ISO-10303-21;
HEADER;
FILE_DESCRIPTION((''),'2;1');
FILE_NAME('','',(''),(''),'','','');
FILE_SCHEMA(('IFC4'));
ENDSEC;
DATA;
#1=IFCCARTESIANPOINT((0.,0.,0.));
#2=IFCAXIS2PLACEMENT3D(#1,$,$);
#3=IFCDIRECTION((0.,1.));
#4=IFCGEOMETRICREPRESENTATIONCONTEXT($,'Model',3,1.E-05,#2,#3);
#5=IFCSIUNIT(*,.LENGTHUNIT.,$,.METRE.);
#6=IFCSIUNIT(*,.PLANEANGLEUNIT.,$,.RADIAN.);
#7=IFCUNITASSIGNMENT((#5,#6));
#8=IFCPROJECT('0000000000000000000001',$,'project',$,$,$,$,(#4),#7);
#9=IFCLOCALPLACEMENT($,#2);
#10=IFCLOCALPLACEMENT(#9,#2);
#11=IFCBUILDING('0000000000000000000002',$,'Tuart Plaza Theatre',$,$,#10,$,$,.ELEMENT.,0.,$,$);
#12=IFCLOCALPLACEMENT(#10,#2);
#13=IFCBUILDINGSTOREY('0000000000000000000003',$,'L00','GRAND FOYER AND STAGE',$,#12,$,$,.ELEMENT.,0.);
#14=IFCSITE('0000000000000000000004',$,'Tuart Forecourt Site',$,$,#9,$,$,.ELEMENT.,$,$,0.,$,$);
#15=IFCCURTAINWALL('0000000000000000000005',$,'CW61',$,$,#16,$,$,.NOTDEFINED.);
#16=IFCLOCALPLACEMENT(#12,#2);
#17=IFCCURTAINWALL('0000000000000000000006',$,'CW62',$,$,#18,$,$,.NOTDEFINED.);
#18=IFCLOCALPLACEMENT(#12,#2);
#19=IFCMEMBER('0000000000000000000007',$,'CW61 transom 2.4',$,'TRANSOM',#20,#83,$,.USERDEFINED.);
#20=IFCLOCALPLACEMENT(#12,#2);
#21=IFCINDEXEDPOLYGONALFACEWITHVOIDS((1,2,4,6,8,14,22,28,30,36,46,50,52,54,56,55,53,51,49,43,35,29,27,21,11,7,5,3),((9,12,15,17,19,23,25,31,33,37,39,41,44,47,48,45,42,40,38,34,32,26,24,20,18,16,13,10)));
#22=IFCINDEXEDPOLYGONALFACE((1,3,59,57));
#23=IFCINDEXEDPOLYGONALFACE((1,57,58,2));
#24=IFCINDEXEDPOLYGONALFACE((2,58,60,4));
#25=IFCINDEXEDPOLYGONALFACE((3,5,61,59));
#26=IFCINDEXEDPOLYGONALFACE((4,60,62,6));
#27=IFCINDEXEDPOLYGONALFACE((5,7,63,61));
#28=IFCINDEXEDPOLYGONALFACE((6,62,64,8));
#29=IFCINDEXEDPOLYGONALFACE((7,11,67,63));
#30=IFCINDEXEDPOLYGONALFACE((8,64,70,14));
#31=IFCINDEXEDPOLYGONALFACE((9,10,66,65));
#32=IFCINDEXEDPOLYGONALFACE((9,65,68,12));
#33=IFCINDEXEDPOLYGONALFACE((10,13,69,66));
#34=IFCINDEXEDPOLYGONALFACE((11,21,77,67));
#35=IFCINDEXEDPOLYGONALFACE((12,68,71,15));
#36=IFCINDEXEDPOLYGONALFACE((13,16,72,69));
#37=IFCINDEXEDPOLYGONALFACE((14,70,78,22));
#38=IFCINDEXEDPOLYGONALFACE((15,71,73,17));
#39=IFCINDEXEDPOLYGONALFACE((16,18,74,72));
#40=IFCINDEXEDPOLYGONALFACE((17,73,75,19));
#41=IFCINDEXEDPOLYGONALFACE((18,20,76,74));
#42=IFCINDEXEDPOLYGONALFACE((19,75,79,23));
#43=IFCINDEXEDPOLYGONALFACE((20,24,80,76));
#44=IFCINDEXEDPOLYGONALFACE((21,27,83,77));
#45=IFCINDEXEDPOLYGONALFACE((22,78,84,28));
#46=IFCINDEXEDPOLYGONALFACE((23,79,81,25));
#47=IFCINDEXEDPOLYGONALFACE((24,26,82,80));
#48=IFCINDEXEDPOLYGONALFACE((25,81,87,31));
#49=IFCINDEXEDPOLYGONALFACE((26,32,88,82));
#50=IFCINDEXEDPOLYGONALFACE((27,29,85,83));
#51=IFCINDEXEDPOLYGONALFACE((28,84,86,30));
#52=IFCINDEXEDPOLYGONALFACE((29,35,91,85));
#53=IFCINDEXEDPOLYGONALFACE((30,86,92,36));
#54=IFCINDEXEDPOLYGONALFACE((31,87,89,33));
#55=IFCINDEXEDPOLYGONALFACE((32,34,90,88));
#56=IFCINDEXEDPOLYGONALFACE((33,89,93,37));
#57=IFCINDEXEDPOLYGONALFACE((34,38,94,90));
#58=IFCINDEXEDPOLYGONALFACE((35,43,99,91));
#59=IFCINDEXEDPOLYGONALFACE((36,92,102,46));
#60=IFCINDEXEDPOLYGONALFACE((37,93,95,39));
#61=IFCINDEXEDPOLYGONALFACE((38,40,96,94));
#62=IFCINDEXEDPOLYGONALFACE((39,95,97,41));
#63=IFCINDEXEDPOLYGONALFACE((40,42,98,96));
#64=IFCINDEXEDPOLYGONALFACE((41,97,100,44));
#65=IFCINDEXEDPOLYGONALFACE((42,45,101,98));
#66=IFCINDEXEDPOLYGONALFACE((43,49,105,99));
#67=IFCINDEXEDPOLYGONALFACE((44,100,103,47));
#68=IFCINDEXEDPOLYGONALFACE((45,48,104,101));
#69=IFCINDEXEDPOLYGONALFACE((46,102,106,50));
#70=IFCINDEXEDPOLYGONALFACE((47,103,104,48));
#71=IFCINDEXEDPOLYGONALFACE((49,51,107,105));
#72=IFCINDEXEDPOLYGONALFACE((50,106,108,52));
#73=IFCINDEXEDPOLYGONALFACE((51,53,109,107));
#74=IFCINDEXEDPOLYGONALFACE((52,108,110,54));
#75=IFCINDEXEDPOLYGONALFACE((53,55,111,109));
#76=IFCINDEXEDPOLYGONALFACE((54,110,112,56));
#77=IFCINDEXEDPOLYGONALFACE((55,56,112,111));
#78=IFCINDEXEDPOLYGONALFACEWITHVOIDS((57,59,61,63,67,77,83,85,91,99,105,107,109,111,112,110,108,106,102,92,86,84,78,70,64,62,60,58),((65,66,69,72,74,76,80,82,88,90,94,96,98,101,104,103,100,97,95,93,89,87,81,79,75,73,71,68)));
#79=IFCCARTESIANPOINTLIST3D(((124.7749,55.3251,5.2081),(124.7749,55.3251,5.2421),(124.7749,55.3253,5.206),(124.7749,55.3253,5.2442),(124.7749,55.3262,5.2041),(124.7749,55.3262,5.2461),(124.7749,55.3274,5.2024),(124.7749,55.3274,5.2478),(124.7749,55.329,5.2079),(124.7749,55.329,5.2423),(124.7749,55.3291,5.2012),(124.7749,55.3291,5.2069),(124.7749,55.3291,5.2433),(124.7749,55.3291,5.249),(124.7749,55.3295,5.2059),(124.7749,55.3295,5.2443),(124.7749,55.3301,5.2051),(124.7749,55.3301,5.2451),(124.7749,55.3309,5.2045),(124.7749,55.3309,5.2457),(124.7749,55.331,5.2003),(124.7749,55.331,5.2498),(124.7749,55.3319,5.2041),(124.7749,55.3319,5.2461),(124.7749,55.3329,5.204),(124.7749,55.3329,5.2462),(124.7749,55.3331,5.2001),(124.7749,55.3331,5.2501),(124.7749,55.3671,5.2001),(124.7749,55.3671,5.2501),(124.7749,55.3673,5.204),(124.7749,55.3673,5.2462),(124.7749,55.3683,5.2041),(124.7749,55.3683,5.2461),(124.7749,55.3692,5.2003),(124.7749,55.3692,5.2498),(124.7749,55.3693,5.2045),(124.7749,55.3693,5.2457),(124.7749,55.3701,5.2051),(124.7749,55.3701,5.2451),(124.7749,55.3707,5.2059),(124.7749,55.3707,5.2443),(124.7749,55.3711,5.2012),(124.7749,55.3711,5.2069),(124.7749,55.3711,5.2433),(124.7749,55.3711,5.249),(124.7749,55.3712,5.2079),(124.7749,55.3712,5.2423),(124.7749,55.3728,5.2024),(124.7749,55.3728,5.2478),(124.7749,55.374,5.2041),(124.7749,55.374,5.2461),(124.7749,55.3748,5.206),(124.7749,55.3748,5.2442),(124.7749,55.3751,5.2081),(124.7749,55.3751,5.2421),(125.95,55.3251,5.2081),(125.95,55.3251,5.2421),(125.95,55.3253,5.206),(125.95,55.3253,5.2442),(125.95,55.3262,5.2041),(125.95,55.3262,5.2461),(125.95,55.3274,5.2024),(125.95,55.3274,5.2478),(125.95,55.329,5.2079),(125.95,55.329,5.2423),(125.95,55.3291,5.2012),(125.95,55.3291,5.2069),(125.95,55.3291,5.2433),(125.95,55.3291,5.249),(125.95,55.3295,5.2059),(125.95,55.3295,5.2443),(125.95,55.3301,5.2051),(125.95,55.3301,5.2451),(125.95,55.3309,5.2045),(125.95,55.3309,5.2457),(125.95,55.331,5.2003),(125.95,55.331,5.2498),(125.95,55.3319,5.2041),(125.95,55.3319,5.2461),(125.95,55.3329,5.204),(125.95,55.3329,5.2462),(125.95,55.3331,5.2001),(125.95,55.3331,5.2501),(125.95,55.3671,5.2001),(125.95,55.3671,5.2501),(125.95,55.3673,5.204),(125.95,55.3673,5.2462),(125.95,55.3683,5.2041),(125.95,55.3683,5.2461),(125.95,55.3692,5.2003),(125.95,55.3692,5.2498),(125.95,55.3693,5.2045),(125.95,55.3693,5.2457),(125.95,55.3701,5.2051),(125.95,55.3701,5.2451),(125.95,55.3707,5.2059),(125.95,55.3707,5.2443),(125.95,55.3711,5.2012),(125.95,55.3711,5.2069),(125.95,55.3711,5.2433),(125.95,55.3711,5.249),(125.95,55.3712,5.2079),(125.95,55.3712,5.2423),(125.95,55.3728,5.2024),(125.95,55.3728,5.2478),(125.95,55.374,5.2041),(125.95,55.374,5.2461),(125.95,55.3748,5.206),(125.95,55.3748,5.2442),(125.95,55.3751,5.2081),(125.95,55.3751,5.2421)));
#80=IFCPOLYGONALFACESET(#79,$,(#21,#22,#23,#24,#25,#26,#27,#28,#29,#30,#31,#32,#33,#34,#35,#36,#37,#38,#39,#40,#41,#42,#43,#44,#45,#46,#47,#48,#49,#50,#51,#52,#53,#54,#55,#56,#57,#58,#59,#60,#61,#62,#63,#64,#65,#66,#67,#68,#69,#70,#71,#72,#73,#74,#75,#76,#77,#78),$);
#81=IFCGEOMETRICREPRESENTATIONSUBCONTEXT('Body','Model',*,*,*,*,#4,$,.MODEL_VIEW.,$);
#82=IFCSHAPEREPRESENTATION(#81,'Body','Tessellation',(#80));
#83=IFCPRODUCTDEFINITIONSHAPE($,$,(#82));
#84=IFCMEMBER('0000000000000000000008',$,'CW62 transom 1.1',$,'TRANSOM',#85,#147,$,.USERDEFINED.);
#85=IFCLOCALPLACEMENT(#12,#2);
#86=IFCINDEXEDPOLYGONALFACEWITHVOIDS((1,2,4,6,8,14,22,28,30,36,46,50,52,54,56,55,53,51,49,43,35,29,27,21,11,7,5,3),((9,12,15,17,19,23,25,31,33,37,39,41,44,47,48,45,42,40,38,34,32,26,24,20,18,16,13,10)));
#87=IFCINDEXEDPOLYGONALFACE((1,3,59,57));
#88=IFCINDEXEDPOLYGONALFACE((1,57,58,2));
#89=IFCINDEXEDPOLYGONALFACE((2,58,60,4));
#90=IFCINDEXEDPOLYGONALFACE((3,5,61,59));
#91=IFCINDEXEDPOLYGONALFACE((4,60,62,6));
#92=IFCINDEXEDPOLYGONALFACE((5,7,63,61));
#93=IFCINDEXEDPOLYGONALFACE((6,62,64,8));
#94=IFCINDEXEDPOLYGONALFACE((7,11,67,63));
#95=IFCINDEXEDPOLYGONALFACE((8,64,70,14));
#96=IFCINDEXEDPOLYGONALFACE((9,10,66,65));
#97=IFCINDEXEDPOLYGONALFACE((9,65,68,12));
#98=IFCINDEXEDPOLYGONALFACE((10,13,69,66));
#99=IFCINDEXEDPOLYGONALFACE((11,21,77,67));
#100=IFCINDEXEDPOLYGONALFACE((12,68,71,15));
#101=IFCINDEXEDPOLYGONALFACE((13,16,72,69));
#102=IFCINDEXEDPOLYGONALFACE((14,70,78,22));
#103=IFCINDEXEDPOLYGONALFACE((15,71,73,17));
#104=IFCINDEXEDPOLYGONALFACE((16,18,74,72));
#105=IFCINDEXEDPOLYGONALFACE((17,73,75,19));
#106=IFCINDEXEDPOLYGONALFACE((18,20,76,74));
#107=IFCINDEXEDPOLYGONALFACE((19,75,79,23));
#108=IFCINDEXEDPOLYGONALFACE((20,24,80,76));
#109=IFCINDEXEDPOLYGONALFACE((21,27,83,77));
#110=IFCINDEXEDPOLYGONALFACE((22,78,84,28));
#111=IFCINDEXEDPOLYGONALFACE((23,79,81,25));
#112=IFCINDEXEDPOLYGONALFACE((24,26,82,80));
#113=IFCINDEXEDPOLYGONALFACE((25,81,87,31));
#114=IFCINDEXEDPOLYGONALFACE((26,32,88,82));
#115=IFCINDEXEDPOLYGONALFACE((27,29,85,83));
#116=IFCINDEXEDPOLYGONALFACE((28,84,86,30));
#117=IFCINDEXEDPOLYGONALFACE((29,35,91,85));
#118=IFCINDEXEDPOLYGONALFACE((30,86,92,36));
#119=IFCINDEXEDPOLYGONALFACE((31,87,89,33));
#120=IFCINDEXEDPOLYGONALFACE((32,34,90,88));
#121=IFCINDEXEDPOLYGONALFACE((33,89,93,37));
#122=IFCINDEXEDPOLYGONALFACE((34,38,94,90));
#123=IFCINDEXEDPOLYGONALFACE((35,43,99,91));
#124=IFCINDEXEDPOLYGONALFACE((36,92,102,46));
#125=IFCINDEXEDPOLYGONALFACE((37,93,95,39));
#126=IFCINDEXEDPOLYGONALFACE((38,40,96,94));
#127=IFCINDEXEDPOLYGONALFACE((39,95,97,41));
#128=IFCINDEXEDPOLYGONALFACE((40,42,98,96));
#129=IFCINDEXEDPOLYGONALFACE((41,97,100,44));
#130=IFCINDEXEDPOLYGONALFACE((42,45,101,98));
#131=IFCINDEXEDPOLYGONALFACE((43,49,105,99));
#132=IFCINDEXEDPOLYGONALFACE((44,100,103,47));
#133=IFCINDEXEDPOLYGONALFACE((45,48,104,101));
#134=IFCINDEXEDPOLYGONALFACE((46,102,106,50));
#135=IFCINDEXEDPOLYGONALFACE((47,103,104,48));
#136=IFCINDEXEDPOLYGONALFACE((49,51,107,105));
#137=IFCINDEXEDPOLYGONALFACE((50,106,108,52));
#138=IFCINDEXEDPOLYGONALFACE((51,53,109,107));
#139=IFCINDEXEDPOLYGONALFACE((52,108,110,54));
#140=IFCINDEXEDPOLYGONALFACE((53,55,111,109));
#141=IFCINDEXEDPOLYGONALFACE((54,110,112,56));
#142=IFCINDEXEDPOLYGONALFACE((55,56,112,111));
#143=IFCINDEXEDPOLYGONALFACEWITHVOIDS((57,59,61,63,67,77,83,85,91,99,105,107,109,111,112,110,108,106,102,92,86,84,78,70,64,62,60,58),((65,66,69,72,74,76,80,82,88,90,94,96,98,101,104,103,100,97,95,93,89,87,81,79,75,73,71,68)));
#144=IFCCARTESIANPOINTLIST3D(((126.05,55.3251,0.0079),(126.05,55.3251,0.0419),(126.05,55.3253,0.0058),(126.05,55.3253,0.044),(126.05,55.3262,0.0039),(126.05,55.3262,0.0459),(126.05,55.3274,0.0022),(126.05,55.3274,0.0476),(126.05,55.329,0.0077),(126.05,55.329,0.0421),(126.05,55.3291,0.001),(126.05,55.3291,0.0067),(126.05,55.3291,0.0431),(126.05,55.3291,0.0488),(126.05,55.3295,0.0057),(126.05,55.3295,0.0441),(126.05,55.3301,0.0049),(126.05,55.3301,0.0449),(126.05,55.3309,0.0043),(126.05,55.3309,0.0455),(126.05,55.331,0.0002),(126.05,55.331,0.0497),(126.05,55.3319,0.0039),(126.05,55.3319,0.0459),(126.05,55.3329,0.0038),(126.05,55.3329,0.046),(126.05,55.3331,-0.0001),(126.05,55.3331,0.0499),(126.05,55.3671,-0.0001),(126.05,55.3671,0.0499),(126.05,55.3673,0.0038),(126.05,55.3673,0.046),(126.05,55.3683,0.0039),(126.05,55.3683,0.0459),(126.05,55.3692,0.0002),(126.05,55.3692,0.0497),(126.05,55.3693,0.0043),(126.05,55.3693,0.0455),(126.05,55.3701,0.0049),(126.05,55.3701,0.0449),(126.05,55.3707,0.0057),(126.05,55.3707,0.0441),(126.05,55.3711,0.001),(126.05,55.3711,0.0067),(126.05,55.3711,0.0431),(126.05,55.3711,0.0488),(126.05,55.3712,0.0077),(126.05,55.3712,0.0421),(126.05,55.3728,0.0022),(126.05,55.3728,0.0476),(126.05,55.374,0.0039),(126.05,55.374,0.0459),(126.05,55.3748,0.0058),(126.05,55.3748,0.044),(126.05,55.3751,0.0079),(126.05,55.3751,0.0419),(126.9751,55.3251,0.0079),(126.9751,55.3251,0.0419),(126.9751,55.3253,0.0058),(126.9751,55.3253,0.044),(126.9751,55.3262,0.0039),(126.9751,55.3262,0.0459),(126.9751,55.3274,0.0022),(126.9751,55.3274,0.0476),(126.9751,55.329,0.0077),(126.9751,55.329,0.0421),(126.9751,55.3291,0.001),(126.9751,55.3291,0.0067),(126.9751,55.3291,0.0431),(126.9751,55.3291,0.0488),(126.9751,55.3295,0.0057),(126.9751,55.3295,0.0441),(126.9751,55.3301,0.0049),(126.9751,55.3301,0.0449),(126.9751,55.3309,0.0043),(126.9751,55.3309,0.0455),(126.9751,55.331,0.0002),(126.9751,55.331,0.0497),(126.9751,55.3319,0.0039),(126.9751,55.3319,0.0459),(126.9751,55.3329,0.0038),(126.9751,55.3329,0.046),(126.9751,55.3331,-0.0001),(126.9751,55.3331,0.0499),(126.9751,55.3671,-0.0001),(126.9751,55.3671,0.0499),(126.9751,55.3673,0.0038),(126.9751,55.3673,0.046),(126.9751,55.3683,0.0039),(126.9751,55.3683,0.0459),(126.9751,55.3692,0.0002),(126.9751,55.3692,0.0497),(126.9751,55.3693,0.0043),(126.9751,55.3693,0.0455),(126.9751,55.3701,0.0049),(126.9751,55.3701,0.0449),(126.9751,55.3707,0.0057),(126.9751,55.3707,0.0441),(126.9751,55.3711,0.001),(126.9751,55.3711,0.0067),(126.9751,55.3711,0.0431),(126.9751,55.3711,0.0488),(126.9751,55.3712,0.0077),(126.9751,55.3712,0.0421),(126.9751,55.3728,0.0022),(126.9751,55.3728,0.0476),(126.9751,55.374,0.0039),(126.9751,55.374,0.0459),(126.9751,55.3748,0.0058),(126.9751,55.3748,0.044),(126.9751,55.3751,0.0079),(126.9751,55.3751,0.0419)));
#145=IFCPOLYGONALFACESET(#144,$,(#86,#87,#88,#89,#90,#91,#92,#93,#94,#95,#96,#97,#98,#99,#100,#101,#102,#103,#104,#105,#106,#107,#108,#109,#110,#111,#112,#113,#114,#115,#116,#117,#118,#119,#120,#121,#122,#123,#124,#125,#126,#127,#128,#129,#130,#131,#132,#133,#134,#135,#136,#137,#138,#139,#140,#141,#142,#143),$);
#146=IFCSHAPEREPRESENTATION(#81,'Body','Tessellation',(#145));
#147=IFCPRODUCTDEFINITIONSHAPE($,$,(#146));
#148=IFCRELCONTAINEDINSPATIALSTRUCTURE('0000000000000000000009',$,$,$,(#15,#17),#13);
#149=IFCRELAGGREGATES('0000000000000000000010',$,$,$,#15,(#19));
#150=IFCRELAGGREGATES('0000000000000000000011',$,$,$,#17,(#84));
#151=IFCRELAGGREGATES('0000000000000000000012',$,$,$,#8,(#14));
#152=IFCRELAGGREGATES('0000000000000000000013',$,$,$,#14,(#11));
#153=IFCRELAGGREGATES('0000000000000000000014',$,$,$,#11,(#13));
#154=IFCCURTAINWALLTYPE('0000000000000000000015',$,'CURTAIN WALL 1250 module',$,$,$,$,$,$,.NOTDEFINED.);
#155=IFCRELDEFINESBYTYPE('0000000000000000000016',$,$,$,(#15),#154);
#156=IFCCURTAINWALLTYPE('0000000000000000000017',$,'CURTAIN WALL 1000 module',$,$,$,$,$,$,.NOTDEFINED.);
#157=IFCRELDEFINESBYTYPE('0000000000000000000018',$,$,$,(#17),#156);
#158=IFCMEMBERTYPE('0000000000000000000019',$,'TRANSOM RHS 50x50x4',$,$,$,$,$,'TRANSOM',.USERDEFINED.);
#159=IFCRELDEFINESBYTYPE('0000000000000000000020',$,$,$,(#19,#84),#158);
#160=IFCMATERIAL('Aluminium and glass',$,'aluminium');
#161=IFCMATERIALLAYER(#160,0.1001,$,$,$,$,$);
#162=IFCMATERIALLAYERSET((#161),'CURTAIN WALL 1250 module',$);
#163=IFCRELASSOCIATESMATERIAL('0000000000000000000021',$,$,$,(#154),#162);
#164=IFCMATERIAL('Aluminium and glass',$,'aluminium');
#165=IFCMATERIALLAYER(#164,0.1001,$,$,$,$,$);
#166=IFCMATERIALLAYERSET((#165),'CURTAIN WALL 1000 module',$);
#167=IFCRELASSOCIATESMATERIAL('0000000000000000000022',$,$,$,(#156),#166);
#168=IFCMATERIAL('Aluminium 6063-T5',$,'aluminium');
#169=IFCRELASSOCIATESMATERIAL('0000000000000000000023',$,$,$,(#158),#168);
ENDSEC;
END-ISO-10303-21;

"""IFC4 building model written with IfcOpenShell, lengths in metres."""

from ifc_helpers import new_model, si_unit, direction, frame, origin, origin_2d, place, context, subcontext, project, spatial, hollow_rectangle, extrude, material, layer, layer_set, material_profile, profile_set, type_object, element, aggregate, save


model = new_model("IFC4")

# Units and contexts
model_context = context("Model", 3, precision=1e-05, world=origin(), true_north=direction((0.0, 1.0)))
body_context = subcontext(model_context, "Body", "Model", "MODEL_VIEW")
ifc_project = project(units=[si_unit("LENGTHUNIT", "METRE"), si_unit("PLANEANGLEUNIT", "RADIAN")], contexts=[model_context])

# Site, building, storey
site_placement = place(None, origin())
site = spatial("IfcSite", under=ifc_project, at=site_placement, Name="Tuart Forecourt Site", CompositionType="ELEMENT", RefElevation=0.0)
building_placement = place(site_placement, origin())
building = spatial("IfcBuilding", under=site, at=building_placement, Name="Tuart Plaza Theatre", CompositionType="ELEMENT", ElevationOfRefHeight=0.0)
storey_placement = place(building_placement, origin())
storey = spatial("IfcBuildingStorey", under=building, at=storey_placement, Name="L00", Description="GRAND FOYER AND STAGE", CompositionType="ELEMENT", Elevation=0.0)

# Curtain walls
ifc_material_1 = material(Name="Aluminium and glass", Category="aluminium")
ifc_layer_1 = layer(ifc_material_1, 0.1001)
ifc_layer_set_1 = layer_set([ifc_layer_1], Name="CURTAIN WALL 1250 module")
curtain_wall_type_1 = type_object("IfcCurtainWallType", Name="CURTAIN WALL 1250 module", PredefinedType="NOTDEFINED", material=ifc_layer_set_1)
curtain_wall_1_placement = place(storey_placement, origin())
curtain_wall_1 = element("IfcCurtainWall", 1, at=curtain_wall_1_placement, inside=storey, type_object=curtain_wall_type_1, Name="CW61", PredefinedType="NOTDEFINED")
ifc_material_2 = material(Name="Aluminium and glass", Category="aluminium")
ifc_layer_2 = layer(ifc_material_2, 0.1001)
ifc_layer_set_2 = layer_set([ifc_layer_2], Name="CURTAIN WALL 1000 module")
curtain_wall_type_2 = type_object("IfcCurtainWallType", Name="CURTAIN WALL 1000 module", PredefinedType="NOTDEFINED", material=ifc_layer_set_2)
curtain_wall_2_placement = place(storey_placement, origin())
curtain_wall_2 = element("IfcCurtainWall", 2, at=curtain_wall_2_placement, inside=storey, type_object=curtain_wall_type_2, Name="CW62", PredefinedType="NOTDEFINED")

# Members
ifc_material_3 = material(Name="Aluminium 6063-T5", Category="aluminium")
ifc_material_profile_1 = material_profile(ifc_material_3, hollow_rectangle(XDim=0.05, YDim=0.05, WallThickness=0.0039, InnerFilletRadius=0.0039, OuterFilletRadius=0.0081, at=origin_2d()), Name="RHS 50x50x4")
ifc_profile_set_1 = profile_set([ifc_material_profile_1], Name="Aluminium 6063-T5")
member_type_1 = type_object("IfcMemberType", Name="TRANSOM RHS 50x50x4", ElementType="TRANSOM", PredefinedType="USERDEFINED", material=ifc_profile_set_1)
member_1_placement = place(storey_placement, frame((124.7749, 55.3501, 5.2251), z_axis=(1.0, 0.0, 0.0), x_axis=(0.0, 1.0, 0.0)))
member_1 = element("IfcMember", 3, at=member_1_placement, type_object=member_type_1, Name="CW61 transom 2.4", ObjectType="TRANSOM", PredefinedType="USERDEFINED", context=body_context, shape_type="SweptSolid", body=[
    extrude(hollow_rectangle(XDim=0.05, YDim=0.05, WallThickness=0.0039, InnerFilletRadius=0.0039, OuterFilletRadius=0.0081, at=origin_2d()), origin(), (0.0, 0.0, 1.0), 1.175),
])
member_2_placement = place(storey_placement, frame((126.05, 55.3501, 0.0249), z_axis=(1.0, 0.0, 0.0), x_axis=(0.0, 1.0, 0.0)))
member_2 = element("IfcMember", 4, at=member_2_placement, type_object=member_type_1, Name="CW62 transom 1.1", ObjectType="TRANSOM", PredefinedType="USERDEFINED", context=body_context, shape_type="SweptSolid", body=[
    extrude(hollow_rectangle(XDim=0.05, YDim=0.05, WallThickness=0.0039, InnerFilletRadius=0.0039, OuterFilletRadius=0.0081, at=origin_2d()), origin(), (0.0, 0.0, 1.0), 0.925),
])

aggregate(curtain_wall_1, [member_1])
aggregate(curtain_wall_2, [member_2])

save(model, "model.ifc")
